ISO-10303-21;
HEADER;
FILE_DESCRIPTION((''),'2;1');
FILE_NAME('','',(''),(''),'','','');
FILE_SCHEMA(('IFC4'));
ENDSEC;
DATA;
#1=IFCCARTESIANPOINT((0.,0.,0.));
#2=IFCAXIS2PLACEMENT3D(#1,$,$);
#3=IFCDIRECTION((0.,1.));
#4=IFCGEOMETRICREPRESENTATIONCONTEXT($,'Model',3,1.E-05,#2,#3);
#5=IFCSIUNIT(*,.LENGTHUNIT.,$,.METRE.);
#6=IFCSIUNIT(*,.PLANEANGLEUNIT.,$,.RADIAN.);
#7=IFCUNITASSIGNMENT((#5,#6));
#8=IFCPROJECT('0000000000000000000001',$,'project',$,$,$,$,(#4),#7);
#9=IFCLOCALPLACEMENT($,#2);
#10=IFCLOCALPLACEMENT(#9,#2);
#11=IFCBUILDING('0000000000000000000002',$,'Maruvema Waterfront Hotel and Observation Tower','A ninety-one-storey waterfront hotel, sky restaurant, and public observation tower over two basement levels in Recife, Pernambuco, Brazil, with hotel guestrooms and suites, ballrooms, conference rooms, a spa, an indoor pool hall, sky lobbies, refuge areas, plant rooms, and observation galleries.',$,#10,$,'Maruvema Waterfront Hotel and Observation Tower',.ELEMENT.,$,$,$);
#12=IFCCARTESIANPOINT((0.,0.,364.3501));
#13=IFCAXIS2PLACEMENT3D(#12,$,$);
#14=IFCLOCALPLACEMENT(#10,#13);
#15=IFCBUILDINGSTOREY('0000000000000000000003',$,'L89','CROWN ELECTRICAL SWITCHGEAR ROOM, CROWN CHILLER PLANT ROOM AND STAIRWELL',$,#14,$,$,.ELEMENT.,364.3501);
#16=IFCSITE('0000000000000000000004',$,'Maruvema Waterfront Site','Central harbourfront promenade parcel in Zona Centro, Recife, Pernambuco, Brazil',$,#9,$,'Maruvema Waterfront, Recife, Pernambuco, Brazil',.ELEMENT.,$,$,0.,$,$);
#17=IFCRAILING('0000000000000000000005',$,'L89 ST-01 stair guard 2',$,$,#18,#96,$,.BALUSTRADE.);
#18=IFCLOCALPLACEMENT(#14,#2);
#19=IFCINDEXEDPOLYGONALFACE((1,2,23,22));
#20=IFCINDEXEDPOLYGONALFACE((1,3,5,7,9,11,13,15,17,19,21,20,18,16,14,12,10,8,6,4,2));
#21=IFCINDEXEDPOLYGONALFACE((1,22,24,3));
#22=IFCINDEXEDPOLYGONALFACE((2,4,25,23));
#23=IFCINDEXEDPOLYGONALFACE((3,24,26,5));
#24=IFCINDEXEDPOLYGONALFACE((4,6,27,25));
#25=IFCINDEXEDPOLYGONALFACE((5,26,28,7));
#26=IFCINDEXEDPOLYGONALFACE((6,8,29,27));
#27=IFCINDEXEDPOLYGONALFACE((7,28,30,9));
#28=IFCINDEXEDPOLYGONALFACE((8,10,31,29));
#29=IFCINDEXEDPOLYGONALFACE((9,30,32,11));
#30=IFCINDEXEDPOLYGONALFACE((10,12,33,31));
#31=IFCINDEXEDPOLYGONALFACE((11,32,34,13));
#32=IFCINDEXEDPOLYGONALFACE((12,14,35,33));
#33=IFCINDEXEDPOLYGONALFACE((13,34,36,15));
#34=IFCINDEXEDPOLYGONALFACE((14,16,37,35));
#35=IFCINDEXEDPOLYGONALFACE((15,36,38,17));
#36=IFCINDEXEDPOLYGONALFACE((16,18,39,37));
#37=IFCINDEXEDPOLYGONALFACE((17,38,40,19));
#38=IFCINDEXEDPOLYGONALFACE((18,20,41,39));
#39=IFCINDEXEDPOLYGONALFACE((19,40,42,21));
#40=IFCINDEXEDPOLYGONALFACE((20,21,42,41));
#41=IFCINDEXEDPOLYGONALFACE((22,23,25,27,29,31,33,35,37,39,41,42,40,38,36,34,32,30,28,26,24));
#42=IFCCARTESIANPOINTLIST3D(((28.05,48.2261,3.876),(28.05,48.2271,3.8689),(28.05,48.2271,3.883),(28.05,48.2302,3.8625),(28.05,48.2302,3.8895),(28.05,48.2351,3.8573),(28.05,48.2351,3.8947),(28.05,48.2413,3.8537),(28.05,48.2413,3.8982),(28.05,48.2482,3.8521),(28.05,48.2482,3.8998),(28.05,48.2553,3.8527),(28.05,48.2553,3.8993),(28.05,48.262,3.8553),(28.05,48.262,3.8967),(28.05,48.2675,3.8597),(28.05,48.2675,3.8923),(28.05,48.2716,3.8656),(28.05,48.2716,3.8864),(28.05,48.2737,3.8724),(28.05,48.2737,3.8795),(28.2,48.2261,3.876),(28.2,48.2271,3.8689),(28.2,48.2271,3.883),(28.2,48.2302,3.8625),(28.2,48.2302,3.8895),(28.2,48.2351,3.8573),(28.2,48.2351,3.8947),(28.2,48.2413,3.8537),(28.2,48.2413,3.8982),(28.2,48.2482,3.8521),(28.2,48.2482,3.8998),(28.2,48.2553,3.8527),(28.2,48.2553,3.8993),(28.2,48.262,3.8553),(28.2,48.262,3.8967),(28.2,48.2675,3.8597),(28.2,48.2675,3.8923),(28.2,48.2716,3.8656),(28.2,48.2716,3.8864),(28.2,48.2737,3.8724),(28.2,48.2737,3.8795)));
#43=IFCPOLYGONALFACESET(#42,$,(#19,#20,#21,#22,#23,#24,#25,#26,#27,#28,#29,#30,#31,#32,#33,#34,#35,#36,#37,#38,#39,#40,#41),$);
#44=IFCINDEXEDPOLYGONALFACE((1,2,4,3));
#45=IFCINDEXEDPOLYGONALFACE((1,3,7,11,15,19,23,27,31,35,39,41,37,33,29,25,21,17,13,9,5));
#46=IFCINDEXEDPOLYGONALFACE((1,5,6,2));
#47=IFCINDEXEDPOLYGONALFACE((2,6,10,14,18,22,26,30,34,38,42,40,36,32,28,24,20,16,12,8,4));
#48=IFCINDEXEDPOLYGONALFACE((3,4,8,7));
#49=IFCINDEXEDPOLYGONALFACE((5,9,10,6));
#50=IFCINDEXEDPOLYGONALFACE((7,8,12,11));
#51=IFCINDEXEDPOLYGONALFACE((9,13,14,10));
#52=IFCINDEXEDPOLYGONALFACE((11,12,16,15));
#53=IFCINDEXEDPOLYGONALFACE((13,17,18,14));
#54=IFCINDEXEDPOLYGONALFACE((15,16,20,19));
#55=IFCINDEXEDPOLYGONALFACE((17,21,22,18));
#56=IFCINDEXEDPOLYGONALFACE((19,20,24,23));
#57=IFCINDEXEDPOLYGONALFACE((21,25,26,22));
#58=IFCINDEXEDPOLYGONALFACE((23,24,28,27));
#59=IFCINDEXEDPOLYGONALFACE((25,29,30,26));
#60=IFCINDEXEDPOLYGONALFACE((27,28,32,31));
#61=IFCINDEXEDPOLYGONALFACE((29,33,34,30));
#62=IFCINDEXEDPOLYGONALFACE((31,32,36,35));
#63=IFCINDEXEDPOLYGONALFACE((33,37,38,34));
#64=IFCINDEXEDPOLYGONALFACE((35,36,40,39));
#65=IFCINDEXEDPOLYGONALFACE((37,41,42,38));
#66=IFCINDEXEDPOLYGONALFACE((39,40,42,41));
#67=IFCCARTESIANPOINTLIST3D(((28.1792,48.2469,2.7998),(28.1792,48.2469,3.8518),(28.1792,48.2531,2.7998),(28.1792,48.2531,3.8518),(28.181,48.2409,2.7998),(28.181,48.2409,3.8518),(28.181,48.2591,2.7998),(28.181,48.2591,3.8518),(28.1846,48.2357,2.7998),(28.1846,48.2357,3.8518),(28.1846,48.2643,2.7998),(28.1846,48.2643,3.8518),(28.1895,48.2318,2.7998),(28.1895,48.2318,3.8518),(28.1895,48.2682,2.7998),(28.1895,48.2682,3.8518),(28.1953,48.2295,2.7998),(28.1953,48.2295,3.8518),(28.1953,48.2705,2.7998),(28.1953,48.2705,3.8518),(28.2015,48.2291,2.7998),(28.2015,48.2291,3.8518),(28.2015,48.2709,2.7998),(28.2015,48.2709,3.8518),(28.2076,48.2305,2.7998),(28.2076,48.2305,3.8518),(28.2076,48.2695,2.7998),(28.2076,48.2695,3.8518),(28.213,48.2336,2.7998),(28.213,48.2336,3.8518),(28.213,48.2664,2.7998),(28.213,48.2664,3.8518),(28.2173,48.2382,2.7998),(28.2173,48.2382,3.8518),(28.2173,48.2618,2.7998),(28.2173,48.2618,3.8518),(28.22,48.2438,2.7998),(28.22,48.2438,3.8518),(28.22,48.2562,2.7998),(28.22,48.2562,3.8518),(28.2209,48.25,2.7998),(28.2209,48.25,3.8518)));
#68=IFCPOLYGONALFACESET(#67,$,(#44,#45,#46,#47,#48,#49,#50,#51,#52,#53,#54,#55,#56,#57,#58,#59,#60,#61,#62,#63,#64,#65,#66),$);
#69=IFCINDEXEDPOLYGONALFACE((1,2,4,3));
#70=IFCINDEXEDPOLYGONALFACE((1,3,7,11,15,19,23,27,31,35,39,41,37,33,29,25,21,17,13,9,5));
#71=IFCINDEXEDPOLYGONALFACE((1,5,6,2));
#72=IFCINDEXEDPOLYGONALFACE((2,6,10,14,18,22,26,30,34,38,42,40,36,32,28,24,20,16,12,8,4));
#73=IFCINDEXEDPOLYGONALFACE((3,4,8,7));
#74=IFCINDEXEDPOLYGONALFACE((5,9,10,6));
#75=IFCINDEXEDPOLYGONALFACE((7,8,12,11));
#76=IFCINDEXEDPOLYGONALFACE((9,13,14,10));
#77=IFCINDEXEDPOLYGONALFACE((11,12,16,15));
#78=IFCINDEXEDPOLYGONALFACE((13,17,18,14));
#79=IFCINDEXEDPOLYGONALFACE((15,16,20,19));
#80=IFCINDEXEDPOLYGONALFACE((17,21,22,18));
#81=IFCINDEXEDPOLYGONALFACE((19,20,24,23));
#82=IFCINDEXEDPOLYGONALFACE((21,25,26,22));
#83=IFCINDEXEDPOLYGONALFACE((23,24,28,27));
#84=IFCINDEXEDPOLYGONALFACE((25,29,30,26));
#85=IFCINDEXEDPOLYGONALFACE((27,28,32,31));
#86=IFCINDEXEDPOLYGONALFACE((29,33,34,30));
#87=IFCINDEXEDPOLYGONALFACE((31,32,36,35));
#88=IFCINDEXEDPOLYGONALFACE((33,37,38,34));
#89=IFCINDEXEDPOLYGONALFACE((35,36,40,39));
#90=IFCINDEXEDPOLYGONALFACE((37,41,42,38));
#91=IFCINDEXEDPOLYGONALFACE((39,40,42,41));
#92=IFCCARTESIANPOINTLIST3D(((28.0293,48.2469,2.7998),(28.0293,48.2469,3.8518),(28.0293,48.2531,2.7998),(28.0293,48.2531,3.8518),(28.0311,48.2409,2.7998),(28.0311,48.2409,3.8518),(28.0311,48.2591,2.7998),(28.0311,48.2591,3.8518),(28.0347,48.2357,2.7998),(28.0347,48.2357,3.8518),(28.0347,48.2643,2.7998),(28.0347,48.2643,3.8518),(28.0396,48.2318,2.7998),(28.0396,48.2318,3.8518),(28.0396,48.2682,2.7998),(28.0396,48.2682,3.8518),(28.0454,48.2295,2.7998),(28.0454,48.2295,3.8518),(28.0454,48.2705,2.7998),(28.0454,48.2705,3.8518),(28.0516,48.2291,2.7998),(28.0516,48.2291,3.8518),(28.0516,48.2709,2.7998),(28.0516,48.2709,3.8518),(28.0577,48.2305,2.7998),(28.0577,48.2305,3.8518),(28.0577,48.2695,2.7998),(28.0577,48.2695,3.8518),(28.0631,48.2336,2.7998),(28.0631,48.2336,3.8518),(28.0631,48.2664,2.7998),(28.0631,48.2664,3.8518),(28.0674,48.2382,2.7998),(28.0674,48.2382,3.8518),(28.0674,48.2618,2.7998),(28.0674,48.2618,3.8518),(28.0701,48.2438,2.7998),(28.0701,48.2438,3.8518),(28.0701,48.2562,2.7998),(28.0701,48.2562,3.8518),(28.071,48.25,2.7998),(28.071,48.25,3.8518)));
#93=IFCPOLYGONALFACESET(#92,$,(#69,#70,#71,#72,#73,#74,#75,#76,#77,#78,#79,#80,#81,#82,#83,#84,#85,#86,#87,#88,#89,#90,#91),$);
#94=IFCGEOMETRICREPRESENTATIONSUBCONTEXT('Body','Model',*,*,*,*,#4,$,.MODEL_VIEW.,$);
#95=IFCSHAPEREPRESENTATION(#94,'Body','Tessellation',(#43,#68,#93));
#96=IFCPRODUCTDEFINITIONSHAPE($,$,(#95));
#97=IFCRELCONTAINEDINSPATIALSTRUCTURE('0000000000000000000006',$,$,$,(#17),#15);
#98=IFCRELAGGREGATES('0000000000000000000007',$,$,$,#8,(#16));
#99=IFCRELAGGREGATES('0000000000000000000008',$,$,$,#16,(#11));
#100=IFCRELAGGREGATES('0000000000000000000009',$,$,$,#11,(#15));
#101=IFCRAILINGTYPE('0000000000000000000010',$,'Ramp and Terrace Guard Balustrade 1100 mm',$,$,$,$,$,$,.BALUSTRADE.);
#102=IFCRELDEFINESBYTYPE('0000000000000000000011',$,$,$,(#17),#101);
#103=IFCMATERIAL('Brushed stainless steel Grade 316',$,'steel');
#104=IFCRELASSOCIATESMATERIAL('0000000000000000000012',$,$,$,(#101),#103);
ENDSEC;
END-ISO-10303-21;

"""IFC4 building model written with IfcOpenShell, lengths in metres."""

from ifc_helpers import new_model, si_unit, direction, frame, origin, origin_2d, place, context, subcontext, project, spatial, circle, extrude, material, type_object, element, save


model = new_model("IFC4")

# Units and contexts
model_context = context("Model", 3, precision=1e-05, world=origin(), true_north=direction((0.0, 1.0)))
body_context = subcontext(model_context, "Body", "Model", "MODEL_VIEW")
ifc_project = project(units=[si_unit("LENGTHUNIT", "METRE"), si_unit("PLANEANGLEUNIT", "RADIAN")], contexts=[model_context])

# Site, building, storey
site_placement = place(None, origin())
site = spatial("IfcSite", under=ifc_project, at=site_placement, Name="Maruvema Waterfront Site", Description="Central harbourfront promenade parcel in Zona Centro, Recife, Pernambuco, Brazil", LongName="Maruvema Waterfront, Recife, Pernambuco, Brazil", CompositionType="ELEMENT", RefElevation=0.0)
building_placement = place(site_placement, origin())
building = spatial("IfcBuilding", under=site, at=building_placement, Name="Maruvema Waterfront Hotel and Observation Tower", Description="A ninety-one-storey waterfront hotel, sky restaurant, and public observation tower over two basement levels in Recife, Pernambuco, Brazil, with hotel guestrooms and suites, ballrooms, conference rooms, a spa, an indoor pool hall, sky lobbies, refuge areas, plant rooms, and observation galleries.", LongName="Maruvema Waterfront Hotel and Observation Tower", CompositionType="ELEMENT")
storey_placement = place(building_placement, frame((0.0, 0.0, 364.3501)))
storey = spatial("IfcBuildingStorey", under=building, at=storey_placement, Name="L89", Description="CROWN ELECTRICAL SWITCHGEAR ROOM, CROWN CHILLER PLANT ROOM AND STAIRWELL", CompositionType="ELEMENT", Elevation=364.3501)

# Railing
ifc_material_1 = material(Name="Brushed stainless steel Grade 316", Category="steel")
railing_type_1 = type_object("IfcRailingType", Name="Ramp and Terrace Guard Balustrade 1100 mm", PredefinedType="BALUSTRADE", material=ifc_material_1)
railing_1_placement = place(storey_placement, frame((28.2, 48.25, 2.7998)))
element("IfcRailing", 1, at=railing_1_placement, inside=storey, type_object=railing_type_1, Name="L89 ST-01 stair guard 2", PredefinedType="BALUSTRADE", context=body_context, shape_type="SweptSolid", body=[
    extrude(circle(Radius=0.0239, at=origin_2d()), frame((0.0, 0.0, 1.0762), z_axis=(-1.0, 0.0, 0.0), x_axis=(0.0, -1.0, 0.0)), (0.0, 0.0, 1.0), 0.1499),
    extrude(circle(Radius=0.021, at=origin_2d()), origin(), (0.0, 0.0, 1.0), 1.052),
    extrude(circle(Radius=0.021, at=origin_2d()), frame((-0.1499, 0.0, 0.0)), (0.0, 0.0, 1.0), 1.052),
])

save(model, "model.ifc")
